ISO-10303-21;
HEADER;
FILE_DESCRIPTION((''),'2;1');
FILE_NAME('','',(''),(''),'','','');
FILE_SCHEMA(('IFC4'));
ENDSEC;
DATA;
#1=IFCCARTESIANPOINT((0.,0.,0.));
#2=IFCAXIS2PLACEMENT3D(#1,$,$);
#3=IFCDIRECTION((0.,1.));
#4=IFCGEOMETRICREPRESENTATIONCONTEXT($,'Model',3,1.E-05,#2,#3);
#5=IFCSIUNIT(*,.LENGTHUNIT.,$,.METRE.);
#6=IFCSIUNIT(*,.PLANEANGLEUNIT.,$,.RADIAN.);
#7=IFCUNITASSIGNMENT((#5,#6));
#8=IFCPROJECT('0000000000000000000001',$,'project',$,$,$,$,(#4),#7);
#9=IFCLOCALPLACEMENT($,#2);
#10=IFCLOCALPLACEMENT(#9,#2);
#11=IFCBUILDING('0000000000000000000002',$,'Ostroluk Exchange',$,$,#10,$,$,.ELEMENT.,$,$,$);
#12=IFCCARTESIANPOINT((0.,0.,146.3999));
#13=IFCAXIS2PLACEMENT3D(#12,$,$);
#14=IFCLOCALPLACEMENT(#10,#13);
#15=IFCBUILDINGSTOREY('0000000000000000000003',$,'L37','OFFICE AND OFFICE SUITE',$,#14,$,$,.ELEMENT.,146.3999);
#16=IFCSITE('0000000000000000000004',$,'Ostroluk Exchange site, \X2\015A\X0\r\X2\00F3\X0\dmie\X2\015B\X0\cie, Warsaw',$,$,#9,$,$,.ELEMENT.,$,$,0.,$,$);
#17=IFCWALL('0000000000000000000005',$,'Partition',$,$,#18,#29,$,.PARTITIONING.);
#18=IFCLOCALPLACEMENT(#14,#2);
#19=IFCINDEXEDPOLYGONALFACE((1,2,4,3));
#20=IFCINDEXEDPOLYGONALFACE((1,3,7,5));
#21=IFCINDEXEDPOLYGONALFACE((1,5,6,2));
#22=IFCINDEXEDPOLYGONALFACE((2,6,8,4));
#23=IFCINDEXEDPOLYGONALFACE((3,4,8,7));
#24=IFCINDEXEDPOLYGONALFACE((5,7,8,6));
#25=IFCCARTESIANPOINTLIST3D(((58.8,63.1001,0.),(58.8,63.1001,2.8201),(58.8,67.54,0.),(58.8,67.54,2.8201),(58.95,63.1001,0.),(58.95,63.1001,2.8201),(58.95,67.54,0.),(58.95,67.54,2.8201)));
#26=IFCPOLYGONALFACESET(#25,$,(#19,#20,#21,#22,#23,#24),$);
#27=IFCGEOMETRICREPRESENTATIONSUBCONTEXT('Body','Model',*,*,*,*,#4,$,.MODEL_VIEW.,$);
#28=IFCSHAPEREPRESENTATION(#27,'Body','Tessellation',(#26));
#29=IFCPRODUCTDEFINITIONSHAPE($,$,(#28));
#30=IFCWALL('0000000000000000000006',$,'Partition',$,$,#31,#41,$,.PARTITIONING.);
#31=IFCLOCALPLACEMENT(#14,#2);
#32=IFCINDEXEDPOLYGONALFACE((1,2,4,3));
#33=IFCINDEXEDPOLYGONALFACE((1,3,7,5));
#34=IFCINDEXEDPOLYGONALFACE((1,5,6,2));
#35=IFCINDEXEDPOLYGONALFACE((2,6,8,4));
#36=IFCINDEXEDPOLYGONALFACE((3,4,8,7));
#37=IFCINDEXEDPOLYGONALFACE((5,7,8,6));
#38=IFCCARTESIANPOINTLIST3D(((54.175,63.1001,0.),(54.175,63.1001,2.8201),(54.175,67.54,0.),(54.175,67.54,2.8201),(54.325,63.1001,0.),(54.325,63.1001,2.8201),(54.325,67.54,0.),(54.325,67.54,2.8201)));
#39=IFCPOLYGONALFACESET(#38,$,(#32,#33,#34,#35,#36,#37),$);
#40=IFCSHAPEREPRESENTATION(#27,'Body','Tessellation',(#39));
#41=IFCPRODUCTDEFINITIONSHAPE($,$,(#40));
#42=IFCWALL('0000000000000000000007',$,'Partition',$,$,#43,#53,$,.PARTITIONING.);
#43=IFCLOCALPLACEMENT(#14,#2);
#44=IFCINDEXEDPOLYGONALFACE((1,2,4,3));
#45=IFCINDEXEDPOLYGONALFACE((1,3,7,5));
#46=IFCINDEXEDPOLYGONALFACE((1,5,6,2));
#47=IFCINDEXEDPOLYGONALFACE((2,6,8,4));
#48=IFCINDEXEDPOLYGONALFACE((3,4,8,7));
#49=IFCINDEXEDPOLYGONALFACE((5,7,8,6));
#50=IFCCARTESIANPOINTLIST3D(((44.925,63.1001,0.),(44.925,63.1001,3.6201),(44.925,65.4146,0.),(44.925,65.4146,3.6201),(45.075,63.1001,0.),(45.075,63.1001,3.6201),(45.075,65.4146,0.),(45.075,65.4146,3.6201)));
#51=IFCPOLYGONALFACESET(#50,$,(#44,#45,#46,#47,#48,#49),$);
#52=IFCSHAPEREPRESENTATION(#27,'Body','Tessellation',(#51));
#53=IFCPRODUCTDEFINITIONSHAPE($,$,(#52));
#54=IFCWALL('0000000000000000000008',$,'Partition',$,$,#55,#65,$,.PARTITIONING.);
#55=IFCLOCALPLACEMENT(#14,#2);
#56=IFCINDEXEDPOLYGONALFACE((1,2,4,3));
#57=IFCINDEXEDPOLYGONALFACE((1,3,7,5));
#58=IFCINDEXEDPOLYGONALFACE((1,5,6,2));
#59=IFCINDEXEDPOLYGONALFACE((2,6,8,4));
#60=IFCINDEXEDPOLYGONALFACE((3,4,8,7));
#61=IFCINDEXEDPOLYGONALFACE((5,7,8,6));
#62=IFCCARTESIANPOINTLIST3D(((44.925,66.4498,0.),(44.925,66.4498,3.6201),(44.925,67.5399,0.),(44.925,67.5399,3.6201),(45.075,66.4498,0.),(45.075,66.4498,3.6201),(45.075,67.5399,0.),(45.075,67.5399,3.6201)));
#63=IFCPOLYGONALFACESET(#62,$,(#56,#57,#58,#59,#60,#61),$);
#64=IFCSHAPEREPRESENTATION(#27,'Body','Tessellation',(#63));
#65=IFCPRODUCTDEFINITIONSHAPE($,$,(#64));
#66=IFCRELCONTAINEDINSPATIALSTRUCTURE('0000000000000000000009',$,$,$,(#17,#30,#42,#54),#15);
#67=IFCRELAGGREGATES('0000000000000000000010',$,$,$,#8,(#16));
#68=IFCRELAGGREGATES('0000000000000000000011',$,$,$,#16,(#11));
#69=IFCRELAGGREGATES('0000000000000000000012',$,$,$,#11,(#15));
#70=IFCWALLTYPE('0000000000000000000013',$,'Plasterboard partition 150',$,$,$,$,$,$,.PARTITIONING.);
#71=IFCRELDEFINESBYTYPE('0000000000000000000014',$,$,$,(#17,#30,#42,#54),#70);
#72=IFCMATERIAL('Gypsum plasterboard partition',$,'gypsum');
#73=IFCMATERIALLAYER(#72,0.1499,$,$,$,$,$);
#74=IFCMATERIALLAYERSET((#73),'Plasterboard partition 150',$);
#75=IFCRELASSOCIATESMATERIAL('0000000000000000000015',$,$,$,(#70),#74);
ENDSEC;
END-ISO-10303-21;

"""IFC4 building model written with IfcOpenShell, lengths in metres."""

from ifc_helpers import new_model, si_unit, direction, frame, frame_2d, origin, place, context, subcontext, project, spatial, rectangle, extrude, material, layer, layer_set, type_object, element, save


model = new_model("IFC4")

# Units and contexts
model_context = context("Model", 3, precision=1e-05, world=origin(), true_north=direction((0.0, 1.0)))
body_context = subcontext(model_context, "Body", "Model", "MODEL_VIEW")
ifc_project = project(units=[si_unit("LENGTHUNIT", "METRE"), si_unit("PLANEANGLEUNIT", "RADIAN")], contexts=[model_context])

# Site, building, storey
site_placement = place(None, origin())
site = spatial("IfcSite", under=ifc_project, at=site_placement, Name="Ostroluk Exchange site, Śródmieście, Warsaw", CompositionType="ELEMENT", RefElevation=0.0)
building_placement = place(site_placement, origin())
building = spatial("IfcBuilding", under=site, at=building_placement, Name="Ostroluk Exchange", CompositionType="ELEMENT")
storey_placement = place(building_placement, frame((0.0, 0.0, 146.3999)))
storey = spatial("IfcBuildingStorey", under=building, at=storey_placement, Name="L37", Description="OFFICE AND OFFICE SUITE", CompositionType="ELEMENT", Elevation=146.3999)

# Shared definitions
ifc_material_1 = material(Name="Gypsum plasterboard partition", Category="gypsum")
ifc_layer_1 = layer(ifc_material_1, 0.1499)
ifc_layer_set_1 = layer_set([ifc_layer_1], Name="Plasterboard partition 150")
wall_type = type_object("IfcWallType", Name="Plasterboard partition 150", PredefinedType="PARTITIONING", material=ifc_layer_set_1)

# Walls
for number, where, z_axis, x_axis, name in (
    (1, (58.875, 63.1001, 0.0), (0.0, 0.0, 1.0), (0.0, 1.0, 0.0), "Partition"),
    (2, (54.25, 63.1001, 0.0), (0.0, 0.0, 1.0), (0.0, 1.0, 0.0), "Partition"),
):
    element("IfcWall", number, at=place(storey_placement, frame(where, z_axis=z_axis, x_axis=x_axis)), inside=storey, type_object=wall_type, Name=name, PredefinedType="PARTITIONING", context=body_context, shape_type="SweptSolid", body=[
        extrude(rectangle(XDim=4.4399, YDim=0.1499, at=frame_2d((2.22, 0.0))), origin(), (0.0, 0.0, 1.0), 2.8201),
    ])
wall_1_placement = place(storey_placement, frame((45.0, 63.1001, 0.0), z_axis=(0.0, 0.0, 1.0), x_axis=(0.0, 1.0, 0.0)))
element("IfcWall", 3, at=wall_1_placement, inside=storey, type_object=wall_type, Name="Partition", PredefinedType="PARTITIONING", context=body_context, shape_type="SweptSolid", body=[
    extrude(rectangle(XDim=2.3145, YDim=0.1499, at=frame_2d((1.1572, 0.0))), origin(), (0.0, 0.0, 1.0), 3.6201),
])
wall_2_placement = place(storey_placement, frame((45.0, 66.45, 0.0), z_axis=(0.0, 0.0, 1.0), x_axis=(0.0, 1.0, 0.0)))
element("IfcWall", 4, at=wall_2_placement, inside=storey, type_object=wall_type, Name="Partition", PredefinedType="PARTITIONING", context=body_context, shape_type="SweptSolid", body=[
    extrude(rectangle(XDim=1.0901, YDim=0.1499, at=frame_2d((0.5449, 0.0))), origin(), (0.0, 0.0, 1.0), 3.6201),
])

save(model, "model.ifc")
